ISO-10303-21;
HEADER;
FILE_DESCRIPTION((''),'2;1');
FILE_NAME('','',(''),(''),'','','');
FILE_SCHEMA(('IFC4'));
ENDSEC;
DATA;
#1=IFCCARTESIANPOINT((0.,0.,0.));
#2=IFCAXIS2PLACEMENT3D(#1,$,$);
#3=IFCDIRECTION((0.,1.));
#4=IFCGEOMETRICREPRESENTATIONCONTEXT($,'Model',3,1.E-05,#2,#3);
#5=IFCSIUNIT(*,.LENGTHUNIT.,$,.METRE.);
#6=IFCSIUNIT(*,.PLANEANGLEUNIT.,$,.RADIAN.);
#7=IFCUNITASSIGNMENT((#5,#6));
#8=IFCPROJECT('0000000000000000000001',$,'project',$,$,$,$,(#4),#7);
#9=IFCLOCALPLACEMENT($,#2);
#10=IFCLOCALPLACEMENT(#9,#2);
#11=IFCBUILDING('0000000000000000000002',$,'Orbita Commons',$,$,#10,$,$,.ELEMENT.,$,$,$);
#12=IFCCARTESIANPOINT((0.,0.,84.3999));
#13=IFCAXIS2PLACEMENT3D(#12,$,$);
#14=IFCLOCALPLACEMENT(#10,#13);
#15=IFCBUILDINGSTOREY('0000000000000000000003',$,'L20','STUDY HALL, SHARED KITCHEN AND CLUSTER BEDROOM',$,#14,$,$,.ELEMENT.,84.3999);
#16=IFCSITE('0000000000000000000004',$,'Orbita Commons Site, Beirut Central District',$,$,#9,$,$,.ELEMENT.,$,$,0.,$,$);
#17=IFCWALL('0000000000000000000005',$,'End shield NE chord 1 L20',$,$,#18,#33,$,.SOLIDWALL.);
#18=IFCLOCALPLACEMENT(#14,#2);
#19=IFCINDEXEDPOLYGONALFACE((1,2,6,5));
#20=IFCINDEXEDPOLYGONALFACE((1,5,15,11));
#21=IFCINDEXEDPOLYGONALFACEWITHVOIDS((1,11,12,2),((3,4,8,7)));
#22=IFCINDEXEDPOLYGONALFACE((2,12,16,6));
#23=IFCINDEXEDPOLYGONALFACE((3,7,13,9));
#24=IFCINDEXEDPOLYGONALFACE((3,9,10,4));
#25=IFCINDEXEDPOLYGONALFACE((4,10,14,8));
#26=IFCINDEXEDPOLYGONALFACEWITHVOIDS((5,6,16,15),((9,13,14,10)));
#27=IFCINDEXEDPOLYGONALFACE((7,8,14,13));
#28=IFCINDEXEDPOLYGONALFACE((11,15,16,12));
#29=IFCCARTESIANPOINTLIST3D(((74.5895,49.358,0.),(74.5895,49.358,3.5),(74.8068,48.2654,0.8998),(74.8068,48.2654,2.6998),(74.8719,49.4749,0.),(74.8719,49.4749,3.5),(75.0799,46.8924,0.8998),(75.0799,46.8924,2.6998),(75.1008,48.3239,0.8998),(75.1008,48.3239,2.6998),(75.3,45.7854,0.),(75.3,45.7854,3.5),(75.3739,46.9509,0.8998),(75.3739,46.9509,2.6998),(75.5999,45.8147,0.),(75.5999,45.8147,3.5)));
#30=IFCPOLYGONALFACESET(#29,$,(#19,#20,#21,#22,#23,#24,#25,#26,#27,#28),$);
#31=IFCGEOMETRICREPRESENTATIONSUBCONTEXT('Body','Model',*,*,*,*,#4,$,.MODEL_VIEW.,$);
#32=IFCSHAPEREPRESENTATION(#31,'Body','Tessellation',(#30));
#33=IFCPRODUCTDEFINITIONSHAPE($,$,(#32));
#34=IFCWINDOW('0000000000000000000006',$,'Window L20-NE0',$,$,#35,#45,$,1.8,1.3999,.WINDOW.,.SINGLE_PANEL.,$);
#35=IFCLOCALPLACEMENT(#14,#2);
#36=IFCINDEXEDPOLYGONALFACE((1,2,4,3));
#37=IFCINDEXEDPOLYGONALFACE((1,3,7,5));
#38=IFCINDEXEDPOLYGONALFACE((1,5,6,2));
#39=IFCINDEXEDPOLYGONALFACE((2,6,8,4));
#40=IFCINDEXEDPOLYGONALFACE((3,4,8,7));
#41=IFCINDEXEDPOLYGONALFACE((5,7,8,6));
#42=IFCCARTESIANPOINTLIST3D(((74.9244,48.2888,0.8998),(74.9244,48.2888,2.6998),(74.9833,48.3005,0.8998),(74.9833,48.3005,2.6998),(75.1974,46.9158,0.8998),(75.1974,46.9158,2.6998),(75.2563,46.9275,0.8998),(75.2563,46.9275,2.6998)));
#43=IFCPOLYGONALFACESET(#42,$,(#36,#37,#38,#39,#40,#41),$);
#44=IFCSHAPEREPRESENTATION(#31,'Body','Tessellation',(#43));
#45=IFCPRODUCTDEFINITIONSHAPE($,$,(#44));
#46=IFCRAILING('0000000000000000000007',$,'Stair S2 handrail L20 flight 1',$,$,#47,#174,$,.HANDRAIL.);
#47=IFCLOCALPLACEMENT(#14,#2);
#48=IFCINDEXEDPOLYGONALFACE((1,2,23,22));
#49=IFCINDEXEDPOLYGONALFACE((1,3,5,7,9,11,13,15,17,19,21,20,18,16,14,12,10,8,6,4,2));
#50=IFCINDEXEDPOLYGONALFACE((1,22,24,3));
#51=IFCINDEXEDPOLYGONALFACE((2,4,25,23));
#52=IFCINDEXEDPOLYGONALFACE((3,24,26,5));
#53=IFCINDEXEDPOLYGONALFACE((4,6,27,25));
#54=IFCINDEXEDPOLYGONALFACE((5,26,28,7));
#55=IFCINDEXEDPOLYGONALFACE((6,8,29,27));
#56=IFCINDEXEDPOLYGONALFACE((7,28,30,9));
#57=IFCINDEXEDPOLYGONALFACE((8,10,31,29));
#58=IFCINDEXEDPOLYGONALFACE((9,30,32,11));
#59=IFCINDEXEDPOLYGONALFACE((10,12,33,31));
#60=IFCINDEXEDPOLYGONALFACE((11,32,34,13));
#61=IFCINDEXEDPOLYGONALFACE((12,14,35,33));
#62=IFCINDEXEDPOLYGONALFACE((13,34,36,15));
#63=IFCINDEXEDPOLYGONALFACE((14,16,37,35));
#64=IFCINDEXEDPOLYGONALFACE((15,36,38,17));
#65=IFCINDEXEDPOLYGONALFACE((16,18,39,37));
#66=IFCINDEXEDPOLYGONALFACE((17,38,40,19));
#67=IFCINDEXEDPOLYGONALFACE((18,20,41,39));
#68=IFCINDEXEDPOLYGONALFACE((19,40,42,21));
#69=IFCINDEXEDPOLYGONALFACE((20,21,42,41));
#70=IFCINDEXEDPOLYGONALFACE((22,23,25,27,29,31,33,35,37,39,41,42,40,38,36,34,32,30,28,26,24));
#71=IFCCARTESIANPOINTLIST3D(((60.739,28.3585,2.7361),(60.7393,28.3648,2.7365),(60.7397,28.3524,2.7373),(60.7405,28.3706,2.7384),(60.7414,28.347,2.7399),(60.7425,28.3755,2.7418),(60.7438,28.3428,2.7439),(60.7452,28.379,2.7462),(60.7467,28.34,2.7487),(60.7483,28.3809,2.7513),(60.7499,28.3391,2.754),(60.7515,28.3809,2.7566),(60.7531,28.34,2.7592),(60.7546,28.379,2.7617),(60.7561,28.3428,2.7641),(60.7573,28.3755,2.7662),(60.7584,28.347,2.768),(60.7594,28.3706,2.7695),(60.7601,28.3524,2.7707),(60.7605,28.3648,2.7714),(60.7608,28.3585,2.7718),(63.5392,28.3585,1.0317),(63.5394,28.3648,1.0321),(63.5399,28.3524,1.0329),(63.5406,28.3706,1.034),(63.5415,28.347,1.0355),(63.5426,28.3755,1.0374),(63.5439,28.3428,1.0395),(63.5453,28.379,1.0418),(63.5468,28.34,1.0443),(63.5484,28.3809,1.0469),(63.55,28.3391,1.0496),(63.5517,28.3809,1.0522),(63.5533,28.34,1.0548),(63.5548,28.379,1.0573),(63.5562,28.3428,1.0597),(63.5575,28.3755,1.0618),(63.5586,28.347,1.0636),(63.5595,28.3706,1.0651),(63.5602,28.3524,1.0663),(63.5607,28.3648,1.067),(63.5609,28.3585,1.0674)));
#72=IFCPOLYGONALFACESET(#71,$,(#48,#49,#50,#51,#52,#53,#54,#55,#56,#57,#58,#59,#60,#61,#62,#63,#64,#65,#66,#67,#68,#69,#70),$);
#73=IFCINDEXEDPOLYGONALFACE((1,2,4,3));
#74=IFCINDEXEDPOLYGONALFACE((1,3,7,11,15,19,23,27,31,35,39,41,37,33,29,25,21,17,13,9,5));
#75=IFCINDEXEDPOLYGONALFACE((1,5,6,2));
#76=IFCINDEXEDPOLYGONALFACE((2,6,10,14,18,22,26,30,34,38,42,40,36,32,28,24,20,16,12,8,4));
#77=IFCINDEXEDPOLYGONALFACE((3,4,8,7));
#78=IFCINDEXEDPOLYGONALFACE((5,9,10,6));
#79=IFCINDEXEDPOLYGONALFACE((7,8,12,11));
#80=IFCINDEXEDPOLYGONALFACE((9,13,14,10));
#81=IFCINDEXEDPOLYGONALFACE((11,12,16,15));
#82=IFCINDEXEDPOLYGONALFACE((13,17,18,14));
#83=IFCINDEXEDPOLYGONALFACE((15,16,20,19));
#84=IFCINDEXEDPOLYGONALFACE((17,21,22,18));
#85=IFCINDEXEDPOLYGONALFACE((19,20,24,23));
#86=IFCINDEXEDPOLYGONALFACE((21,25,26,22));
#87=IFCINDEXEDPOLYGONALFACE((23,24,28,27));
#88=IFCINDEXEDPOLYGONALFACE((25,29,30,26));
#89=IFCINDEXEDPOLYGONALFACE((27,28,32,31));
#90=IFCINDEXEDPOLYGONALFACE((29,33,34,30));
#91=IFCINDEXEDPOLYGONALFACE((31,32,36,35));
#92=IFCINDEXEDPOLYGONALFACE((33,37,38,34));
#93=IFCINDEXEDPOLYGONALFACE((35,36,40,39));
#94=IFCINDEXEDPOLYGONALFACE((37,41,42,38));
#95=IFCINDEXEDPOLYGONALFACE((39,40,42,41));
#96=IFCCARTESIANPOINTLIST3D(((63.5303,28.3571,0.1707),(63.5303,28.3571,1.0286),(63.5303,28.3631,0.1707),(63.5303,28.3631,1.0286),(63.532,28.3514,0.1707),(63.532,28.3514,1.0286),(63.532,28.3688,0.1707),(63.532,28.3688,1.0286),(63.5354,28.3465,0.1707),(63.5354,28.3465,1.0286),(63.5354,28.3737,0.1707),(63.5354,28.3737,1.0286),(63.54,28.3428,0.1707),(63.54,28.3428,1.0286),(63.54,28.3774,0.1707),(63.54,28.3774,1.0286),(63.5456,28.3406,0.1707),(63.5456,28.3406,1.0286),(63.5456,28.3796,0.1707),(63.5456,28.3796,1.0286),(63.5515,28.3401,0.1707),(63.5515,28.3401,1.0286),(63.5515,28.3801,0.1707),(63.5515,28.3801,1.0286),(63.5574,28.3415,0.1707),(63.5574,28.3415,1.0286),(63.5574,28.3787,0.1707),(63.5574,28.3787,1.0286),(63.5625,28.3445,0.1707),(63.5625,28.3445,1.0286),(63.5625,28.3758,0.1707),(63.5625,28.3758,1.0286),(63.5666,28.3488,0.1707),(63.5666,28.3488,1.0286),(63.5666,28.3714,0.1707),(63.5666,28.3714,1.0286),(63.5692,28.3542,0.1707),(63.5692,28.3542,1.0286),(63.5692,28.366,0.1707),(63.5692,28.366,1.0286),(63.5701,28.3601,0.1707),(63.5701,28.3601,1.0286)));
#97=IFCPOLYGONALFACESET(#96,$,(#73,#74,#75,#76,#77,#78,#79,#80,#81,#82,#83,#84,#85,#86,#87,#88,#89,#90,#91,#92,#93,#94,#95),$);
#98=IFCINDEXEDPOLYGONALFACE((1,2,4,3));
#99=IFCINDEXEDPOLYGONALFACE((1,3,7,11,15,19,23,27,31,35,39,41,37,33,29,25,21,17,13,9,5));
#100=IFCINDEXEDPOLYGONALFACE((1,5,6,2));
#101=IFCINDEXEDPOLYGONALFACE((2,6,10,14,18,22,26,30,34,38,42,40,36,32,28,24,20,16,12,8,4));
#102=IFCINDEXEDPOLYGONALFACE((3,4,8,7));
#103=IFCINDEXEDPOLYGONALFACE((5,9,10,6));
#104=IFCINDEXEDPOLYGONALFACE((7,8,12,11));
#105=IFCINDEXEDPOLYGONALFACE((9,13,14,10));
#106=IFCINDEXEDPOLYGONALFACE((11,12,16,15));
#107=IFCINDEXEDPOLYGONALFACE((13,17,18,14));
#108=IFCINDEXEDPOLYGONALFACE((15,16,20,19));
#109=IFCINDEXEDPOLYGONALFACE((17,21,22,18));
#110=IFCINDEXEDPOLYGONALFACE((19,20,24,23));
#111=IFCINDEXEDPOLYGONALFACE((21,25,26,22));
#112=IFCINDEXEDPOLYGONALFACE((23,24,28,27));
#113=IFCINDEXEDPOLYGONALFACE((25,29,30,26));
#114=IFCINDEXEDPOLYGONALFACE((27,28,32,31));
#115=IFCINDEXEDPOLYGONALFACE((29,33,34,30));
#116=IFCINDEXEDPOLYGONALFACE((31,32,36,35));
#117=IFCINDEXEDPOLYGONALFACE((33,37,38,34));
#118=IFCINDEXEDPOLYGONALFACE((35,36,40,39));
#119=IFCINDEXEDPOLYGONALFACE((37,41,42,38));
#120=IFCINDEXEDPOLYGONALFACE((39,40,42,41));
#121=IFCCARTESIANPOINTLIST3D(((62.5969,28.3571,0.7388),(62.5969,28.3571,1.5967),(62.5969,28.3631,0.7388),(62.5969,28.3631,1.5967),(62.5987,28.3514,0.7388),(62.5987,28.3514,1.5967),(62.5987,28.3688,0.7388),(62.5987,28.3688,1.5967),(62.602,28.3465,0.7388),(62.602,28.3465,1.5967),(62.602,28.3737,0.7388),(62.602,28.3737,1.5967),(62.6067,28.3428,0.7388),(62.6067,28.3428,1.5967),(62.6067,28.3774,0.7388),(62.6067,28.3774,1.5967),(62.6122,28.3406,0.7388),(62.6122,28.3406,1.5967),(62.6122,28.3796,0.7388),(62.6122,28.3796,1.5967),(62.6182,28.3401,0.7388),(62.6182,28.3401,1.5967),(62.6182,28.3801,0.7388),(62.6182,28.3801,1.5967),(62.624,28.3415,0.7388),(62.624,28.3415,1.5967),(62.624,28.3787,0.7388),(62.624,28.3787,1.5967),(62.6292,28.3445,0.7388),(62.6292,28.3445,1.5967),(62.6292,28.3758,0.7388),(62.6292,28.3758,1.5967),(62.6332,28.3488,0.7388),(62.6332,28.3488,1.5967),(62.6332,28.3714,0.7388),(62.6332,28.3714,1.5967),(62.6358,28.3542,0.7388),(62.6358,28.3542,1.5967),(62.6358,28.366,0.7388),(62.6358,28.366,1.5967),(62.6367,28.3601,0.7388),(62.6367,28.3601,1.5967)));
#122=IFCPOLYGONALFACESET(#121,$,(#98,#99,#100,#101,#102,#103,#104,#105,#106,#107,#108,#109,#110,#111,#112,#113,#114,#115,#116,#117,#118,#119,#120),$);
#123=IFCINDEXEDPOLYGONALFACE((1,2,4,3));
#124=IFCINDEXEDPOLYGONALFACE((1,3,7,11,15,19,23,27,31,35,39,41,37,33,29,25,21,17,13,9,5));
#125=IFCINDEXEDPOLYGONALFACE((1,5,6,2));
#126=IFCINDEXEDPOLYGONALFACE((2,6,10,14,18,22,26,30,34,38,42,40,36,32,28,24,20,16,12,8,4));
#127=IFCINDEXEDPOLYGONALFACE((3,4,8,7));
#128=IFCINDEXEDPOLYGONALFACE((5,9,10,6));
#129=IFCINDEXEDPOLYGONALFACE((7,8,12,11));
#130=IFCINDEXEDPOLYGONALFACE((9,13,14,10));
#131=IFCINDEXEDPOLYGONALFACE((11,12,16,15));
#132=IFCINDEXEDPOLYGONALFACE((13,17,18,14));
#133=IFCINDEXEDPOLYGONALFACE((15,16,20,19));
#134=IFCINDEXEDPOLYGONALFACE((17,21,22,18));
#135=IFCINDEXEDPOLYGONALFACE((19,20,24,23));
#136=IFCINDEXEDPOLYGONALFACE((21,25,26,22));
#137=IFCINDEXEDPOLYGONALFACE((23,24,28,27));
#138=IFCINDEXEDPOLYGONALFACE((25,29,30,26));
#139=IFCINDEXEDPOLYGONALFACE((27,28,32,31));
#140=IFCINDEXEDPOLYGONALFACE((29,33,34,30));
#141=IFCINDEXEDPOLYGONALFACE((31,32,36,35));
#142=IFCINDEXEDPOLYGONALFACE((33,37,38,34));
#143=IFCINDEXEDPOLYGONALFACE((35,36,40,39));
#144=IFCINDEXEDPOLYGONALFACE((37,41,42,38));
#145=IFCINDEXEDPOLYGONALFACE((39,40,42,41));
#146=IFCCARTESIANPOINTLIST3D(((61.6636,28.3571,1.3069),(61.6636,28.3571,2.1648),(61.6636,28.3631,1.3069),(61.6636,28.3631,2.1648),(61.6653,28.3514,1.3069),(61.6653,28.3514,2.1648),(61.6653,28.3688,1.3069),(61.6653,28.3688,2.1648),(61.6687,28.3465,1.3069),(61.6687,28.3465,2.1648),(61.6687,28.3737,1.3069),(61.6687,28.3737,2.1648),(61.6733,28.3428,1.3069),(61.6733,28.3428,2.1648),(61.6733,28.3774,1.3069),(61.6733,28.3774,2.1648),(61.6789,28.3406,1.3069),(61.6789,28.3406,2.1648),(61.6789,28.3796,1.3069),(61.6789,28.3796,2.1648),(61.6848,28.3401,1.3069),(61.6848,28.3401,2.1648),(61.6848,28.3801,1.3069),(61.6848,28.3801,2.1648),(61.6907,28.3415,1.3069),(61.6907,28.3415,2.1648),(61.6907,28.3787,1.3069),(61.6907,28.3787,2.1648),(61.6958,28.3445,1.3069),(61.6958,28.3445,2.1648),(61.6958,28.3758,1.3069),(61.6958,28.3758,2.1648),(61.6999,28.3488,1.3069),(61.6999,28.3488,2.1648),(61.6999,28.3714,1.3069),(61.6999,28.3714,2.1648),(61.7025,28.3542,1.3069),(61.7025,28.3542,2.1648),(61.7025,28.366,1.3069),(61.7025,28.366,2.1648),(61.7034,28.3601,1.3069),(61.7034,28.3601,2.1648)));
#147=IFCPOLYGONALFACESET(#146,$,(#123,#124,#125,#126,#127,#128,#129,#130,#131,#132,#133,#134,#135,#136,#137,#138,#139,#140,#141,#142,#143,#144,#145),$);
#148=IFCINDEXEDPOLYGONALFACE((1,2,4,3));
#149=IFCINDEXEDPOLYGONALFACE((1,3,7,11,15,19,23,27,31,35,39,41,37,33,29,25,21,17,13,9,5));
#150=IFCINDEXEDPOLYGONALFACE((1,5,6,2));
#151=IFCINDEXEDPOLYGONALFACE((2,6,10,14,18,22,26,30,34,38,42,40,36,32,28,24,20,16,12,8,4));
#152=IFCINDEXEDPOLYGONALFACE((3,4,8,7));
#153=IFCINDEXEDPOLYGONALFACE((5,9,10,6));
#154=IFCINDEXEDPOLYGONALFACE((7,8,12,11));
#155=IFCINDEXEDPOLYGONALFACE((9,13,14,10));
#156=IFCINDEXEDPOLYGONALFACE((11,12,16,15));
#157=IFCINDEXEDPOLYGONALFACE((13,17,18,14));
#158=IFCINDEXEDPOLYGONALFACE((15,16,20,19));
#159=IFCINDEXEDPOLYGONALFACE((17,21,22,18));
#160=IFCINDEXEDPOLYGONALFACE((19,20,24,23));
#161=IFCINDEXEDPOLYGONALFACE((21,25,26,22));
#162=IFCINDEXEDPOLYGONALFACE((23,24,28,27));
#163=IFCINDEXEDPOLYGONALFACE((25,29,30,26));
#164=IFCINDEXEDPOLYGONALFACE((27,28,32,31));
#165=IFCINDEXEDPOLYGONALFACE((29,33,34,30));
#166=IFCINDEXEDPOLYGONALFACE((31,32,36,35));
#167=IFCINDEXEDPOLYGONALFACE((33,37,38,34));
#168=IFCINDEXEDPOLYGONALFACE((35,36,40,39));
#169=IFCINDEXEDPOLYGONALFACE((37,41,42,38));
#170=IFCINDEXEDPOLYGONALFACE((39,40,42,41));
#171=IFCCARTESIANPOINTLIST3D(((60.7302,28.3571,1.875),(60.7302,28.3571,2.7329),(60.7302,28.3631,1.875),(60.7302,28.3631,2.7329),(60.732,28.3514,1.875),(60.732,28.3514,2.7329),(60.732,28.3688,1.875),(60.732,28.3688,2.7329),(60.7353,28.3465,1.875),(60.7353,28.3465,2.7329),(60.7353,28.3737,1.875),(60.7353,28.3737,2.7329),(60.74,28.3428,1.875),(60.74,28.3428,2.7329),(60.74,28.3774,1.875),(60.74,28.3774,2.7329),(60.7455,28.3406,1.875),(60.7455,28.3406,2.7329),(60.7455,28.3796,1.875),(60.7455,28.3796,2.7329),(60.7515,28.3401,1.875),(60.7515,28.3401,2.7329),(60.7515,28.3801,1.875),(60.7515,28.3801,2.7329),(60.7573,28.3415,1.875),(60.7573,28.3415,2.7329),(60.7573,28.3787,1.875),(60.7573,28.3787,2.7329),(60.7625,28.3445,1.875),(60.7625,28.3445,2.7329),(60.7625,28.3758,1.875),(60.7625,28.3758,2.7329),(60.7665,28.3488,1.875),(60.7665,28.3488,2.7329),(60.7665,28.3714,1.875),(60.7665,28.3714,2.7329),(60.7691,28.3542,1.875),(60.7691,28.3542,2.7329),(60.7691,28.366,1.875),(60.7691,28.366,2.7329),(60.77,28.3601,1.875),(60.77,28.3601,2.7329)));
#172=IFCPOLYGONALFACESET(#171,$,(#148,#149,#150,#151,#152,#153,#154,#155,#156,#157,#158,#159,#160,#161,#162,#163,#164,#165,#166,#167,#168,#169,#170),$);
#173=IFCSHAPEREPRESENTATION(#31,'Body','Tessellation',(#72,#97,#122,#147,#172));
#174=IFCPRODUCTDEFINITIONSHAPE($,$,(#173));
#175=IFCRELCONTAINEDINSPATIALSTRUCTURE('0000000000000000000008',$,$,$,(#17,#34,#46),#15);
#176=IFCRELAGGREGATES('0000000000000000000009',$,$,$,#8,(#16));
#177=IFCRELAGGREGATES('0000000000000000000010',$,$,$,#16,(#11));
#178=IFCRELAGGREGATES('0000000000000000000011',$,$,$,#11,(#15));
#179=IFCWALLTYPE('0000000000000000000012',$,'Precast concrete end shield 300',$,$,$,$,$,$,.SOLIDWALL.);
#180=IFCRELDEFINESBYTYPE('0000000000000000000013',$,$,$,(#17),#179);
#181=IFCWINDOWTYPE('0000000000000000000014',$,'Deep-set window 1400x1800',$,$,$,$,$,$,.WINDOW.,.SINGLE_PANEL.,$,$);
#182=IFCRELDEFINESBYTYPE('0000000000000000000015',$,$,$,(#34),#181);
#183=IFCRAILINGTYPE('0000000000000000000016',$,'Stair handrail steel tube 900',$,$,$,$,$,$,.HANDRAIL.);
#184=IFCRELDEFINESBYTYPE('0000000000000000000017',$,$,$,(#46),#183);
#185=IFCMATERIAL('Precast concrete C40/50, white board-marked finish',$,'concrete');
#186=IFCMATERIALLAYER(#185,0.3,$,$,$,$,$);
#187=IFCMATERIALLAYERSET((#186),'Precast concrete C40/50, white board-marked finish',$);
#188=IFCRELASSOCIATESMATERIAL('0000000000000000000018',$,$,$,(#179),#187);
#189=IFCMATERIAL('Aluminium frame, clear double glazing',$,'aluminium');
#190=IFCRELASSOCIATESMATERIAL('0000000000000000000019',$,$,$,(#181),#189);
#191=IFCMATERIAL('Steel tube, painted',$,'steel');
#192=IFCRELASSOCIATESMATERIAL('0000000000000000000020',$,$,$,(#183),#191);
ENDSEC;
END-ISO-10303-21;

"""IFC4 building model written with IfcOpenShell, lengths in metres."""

from ifc_helpers import new_model, si_unit, direction, frame, frame_2d, origin, origin_2d, place, context, subcontext, project, spatial, polyline, rectangle, circle, outline, extrude, material, layer, layer_set, type_object, element, fill, save


model = new_model("IFC4")

# Units and contexts
model_context = context("Model", 3, precision=1e-05, world=origin(), true_north=direction((0.0, 1.0)))
body_context = subcontext(model_context, "Body", "Model", "MODEL_VIEW")
ifc_project = project(units=[si_unit("LENGTHUNIT", "METRE"), si_unit("PLANEANGLEUNIT", "RADIAN")], contexts=[model_context])

# Site, building, storey
site_placement = place(None, origin())
site = spatial("IfcSite", under=ifc_project, at=site_placement, Name="Orbita Commons Site, Beirut Central District", CompositionType="ELEMENT", RefElevation=0.0)
building_placement = place(site_placement, origin())
building = spatial("IfcBuilding", under=site, at=building_placement, Name="Orbita Commons", CompositionType="ELEMENT")
storey_placement = place(building_placement, frame((0.0, 0.0, 84.3999)))
storey = spatial("IfcBuildingStorey", under=building, at=storey_placement, Name="L20", Description="STUDY HALL, SHARED KITCHEN AND CLUSTER BEDROOM", CompositionType="ELEMENT", Elevation=84.3999)

# Wall, opening, window
ifc_material_1 = material(Name="Precast concrete C40/50, white board-marked finish", Category="concrete")
ifc_layer_1 = layer(ifc_material_1, 0.3)
ifc_layer_set_1 = layer_set([ifc_layer_1], Name="Precast concrete C40/50, white board-marked finish")
wall_type_1 = type_object("IfcWallType", Name="Precast concrete end shield 300", PredefinedType="SOLIDWALL", material=ifc_layer_set_1)
wall_1_placement = place(storey_placement, frame((75.45, 45.8, 0.0), z_axis=(0.0, 0.0, 1.0), x_axis=(-0.195059, 0.980791, 0.0)))
wall_1 = element("IfcWall", 1, at=wall_1_placement, inside=storey, type_object=wall_type_1, Name="End shield NE chord 1 L20", PredefinedType="SOLIDWALL", context=body_context, shape_type="SweptSolid", body=[
    extrude(outline(polyline([(-0.0149, -0.1499), (3.717, -0.1499), (3.6575, 0.1499), (0.0149, 0.1499), (-0.0149, -0.1499)])), origin(), (0.0, 0.0, 1.0), 3.5),
])
opening_1_placement = place(wall_1_placement, frame((1.1436, 0.0, 0.8999)))
opening_1 = element("IfcOpeningElement", 2, at=opening_1_placement, cuts=wall_1, PredefinedType="OPENING", context=body_context, shape_type="SweptSolid", body=[
    extrude(rectangle(XDim=1.3999, YDim=1.8, at=frame_2d((0.7, 0.8999))), frame((0.0, 0.1599, 0.0), z_axis=(0.0, -1.0, 0.0), x_axis=(1.0, 0.0, 0.0)), (0.0, 0.0, 1.0), 0.3201),
])
ifc_material_2 = material(Name="Aluminium frame, clear double glazing", Category="aluminium")
window_type = type_object("IfcWindowType", Name="Deep-set window 1400x1800", PartitioningType="SINGLE_PANEL", PredefinedType="WINDOW", material=ifc_material_2)
window_placement = place(opening_1_placement, origin())
window = element("IfcWindow", 3, at=window_placement, inside=storey, type_object=window_type, Name="Window L20-NE0", OverallHeight=1.8, OverallWidth=1.3999, PartitioningType="SINGLE_PANEL", PredefinedType="WINDOW", context=body_context, shape_type="SweptSolid", body=[
    extrude(rectangle(XDim=1.3999, YDim=1.8, at=frame_2d((0.7, 0.8999))), frame((0.0, 0.03, 0.0), z_axis=(0.0, -1.0, 0.0), x_axis=(1.0, 0.0, 0.0)), (0.0, 0.0, 1.0), 0.0601),
])
fill(opening_1, window)

# Railing
ifc_material_3 = material(Name="Steel tube, painted", Category="steel")
railing_type = type_object("IfcRailingType", Name="Stair handrail steel tube 900", PredefinedType="HANDRAIL", material=ifc_material_3)
for number, where, name in (
    (4, (63.55, 28.3601, 0.1707), "Stair S2 handrail L20 flight 1"),
):
    element("IfcRailing", number, at=place(storey_placement, frame(where)), inside=storey, type_object=railing_type, Name=name, PredefinedType="HANDRAIL", context=body_context, shape_type="SweptSolid", body=[
        extrude(circle(Radius=0.021, at=origin_2d()), frame((0.0, 0.0, 0.8789), z_axis=(-0.854203, 0.0, 0.51994), x_axis=(0.0, -1.0, 0.0)), (0.0, 0.0, 1.0), 3.2781),
        extrude(circle(Radius=0.02, at=origin_2d()), origin(), (0.0, 0.0, 1.0), 0.8579),
        extrude(circle(Radius=0.02, at=origin_2d()), frame((-0.9333, 0.0, 0.5681)), (0.0, 0.0, 1.0), 0.8579),
        extrude(circle(Radius=0.02, at=origin_2d()), frame((-1.8667, 0.0, 1.1362)), (0.0, 0.0, 1.0), 0.8579),
        extrude(circle(Radius=0.02, at=origin_2d()), frame((-2.8, 0.0, 1.7043)), (0.0, 0.0, 1.0), 0.8579),
    ])

save(model, "model.ifc")
